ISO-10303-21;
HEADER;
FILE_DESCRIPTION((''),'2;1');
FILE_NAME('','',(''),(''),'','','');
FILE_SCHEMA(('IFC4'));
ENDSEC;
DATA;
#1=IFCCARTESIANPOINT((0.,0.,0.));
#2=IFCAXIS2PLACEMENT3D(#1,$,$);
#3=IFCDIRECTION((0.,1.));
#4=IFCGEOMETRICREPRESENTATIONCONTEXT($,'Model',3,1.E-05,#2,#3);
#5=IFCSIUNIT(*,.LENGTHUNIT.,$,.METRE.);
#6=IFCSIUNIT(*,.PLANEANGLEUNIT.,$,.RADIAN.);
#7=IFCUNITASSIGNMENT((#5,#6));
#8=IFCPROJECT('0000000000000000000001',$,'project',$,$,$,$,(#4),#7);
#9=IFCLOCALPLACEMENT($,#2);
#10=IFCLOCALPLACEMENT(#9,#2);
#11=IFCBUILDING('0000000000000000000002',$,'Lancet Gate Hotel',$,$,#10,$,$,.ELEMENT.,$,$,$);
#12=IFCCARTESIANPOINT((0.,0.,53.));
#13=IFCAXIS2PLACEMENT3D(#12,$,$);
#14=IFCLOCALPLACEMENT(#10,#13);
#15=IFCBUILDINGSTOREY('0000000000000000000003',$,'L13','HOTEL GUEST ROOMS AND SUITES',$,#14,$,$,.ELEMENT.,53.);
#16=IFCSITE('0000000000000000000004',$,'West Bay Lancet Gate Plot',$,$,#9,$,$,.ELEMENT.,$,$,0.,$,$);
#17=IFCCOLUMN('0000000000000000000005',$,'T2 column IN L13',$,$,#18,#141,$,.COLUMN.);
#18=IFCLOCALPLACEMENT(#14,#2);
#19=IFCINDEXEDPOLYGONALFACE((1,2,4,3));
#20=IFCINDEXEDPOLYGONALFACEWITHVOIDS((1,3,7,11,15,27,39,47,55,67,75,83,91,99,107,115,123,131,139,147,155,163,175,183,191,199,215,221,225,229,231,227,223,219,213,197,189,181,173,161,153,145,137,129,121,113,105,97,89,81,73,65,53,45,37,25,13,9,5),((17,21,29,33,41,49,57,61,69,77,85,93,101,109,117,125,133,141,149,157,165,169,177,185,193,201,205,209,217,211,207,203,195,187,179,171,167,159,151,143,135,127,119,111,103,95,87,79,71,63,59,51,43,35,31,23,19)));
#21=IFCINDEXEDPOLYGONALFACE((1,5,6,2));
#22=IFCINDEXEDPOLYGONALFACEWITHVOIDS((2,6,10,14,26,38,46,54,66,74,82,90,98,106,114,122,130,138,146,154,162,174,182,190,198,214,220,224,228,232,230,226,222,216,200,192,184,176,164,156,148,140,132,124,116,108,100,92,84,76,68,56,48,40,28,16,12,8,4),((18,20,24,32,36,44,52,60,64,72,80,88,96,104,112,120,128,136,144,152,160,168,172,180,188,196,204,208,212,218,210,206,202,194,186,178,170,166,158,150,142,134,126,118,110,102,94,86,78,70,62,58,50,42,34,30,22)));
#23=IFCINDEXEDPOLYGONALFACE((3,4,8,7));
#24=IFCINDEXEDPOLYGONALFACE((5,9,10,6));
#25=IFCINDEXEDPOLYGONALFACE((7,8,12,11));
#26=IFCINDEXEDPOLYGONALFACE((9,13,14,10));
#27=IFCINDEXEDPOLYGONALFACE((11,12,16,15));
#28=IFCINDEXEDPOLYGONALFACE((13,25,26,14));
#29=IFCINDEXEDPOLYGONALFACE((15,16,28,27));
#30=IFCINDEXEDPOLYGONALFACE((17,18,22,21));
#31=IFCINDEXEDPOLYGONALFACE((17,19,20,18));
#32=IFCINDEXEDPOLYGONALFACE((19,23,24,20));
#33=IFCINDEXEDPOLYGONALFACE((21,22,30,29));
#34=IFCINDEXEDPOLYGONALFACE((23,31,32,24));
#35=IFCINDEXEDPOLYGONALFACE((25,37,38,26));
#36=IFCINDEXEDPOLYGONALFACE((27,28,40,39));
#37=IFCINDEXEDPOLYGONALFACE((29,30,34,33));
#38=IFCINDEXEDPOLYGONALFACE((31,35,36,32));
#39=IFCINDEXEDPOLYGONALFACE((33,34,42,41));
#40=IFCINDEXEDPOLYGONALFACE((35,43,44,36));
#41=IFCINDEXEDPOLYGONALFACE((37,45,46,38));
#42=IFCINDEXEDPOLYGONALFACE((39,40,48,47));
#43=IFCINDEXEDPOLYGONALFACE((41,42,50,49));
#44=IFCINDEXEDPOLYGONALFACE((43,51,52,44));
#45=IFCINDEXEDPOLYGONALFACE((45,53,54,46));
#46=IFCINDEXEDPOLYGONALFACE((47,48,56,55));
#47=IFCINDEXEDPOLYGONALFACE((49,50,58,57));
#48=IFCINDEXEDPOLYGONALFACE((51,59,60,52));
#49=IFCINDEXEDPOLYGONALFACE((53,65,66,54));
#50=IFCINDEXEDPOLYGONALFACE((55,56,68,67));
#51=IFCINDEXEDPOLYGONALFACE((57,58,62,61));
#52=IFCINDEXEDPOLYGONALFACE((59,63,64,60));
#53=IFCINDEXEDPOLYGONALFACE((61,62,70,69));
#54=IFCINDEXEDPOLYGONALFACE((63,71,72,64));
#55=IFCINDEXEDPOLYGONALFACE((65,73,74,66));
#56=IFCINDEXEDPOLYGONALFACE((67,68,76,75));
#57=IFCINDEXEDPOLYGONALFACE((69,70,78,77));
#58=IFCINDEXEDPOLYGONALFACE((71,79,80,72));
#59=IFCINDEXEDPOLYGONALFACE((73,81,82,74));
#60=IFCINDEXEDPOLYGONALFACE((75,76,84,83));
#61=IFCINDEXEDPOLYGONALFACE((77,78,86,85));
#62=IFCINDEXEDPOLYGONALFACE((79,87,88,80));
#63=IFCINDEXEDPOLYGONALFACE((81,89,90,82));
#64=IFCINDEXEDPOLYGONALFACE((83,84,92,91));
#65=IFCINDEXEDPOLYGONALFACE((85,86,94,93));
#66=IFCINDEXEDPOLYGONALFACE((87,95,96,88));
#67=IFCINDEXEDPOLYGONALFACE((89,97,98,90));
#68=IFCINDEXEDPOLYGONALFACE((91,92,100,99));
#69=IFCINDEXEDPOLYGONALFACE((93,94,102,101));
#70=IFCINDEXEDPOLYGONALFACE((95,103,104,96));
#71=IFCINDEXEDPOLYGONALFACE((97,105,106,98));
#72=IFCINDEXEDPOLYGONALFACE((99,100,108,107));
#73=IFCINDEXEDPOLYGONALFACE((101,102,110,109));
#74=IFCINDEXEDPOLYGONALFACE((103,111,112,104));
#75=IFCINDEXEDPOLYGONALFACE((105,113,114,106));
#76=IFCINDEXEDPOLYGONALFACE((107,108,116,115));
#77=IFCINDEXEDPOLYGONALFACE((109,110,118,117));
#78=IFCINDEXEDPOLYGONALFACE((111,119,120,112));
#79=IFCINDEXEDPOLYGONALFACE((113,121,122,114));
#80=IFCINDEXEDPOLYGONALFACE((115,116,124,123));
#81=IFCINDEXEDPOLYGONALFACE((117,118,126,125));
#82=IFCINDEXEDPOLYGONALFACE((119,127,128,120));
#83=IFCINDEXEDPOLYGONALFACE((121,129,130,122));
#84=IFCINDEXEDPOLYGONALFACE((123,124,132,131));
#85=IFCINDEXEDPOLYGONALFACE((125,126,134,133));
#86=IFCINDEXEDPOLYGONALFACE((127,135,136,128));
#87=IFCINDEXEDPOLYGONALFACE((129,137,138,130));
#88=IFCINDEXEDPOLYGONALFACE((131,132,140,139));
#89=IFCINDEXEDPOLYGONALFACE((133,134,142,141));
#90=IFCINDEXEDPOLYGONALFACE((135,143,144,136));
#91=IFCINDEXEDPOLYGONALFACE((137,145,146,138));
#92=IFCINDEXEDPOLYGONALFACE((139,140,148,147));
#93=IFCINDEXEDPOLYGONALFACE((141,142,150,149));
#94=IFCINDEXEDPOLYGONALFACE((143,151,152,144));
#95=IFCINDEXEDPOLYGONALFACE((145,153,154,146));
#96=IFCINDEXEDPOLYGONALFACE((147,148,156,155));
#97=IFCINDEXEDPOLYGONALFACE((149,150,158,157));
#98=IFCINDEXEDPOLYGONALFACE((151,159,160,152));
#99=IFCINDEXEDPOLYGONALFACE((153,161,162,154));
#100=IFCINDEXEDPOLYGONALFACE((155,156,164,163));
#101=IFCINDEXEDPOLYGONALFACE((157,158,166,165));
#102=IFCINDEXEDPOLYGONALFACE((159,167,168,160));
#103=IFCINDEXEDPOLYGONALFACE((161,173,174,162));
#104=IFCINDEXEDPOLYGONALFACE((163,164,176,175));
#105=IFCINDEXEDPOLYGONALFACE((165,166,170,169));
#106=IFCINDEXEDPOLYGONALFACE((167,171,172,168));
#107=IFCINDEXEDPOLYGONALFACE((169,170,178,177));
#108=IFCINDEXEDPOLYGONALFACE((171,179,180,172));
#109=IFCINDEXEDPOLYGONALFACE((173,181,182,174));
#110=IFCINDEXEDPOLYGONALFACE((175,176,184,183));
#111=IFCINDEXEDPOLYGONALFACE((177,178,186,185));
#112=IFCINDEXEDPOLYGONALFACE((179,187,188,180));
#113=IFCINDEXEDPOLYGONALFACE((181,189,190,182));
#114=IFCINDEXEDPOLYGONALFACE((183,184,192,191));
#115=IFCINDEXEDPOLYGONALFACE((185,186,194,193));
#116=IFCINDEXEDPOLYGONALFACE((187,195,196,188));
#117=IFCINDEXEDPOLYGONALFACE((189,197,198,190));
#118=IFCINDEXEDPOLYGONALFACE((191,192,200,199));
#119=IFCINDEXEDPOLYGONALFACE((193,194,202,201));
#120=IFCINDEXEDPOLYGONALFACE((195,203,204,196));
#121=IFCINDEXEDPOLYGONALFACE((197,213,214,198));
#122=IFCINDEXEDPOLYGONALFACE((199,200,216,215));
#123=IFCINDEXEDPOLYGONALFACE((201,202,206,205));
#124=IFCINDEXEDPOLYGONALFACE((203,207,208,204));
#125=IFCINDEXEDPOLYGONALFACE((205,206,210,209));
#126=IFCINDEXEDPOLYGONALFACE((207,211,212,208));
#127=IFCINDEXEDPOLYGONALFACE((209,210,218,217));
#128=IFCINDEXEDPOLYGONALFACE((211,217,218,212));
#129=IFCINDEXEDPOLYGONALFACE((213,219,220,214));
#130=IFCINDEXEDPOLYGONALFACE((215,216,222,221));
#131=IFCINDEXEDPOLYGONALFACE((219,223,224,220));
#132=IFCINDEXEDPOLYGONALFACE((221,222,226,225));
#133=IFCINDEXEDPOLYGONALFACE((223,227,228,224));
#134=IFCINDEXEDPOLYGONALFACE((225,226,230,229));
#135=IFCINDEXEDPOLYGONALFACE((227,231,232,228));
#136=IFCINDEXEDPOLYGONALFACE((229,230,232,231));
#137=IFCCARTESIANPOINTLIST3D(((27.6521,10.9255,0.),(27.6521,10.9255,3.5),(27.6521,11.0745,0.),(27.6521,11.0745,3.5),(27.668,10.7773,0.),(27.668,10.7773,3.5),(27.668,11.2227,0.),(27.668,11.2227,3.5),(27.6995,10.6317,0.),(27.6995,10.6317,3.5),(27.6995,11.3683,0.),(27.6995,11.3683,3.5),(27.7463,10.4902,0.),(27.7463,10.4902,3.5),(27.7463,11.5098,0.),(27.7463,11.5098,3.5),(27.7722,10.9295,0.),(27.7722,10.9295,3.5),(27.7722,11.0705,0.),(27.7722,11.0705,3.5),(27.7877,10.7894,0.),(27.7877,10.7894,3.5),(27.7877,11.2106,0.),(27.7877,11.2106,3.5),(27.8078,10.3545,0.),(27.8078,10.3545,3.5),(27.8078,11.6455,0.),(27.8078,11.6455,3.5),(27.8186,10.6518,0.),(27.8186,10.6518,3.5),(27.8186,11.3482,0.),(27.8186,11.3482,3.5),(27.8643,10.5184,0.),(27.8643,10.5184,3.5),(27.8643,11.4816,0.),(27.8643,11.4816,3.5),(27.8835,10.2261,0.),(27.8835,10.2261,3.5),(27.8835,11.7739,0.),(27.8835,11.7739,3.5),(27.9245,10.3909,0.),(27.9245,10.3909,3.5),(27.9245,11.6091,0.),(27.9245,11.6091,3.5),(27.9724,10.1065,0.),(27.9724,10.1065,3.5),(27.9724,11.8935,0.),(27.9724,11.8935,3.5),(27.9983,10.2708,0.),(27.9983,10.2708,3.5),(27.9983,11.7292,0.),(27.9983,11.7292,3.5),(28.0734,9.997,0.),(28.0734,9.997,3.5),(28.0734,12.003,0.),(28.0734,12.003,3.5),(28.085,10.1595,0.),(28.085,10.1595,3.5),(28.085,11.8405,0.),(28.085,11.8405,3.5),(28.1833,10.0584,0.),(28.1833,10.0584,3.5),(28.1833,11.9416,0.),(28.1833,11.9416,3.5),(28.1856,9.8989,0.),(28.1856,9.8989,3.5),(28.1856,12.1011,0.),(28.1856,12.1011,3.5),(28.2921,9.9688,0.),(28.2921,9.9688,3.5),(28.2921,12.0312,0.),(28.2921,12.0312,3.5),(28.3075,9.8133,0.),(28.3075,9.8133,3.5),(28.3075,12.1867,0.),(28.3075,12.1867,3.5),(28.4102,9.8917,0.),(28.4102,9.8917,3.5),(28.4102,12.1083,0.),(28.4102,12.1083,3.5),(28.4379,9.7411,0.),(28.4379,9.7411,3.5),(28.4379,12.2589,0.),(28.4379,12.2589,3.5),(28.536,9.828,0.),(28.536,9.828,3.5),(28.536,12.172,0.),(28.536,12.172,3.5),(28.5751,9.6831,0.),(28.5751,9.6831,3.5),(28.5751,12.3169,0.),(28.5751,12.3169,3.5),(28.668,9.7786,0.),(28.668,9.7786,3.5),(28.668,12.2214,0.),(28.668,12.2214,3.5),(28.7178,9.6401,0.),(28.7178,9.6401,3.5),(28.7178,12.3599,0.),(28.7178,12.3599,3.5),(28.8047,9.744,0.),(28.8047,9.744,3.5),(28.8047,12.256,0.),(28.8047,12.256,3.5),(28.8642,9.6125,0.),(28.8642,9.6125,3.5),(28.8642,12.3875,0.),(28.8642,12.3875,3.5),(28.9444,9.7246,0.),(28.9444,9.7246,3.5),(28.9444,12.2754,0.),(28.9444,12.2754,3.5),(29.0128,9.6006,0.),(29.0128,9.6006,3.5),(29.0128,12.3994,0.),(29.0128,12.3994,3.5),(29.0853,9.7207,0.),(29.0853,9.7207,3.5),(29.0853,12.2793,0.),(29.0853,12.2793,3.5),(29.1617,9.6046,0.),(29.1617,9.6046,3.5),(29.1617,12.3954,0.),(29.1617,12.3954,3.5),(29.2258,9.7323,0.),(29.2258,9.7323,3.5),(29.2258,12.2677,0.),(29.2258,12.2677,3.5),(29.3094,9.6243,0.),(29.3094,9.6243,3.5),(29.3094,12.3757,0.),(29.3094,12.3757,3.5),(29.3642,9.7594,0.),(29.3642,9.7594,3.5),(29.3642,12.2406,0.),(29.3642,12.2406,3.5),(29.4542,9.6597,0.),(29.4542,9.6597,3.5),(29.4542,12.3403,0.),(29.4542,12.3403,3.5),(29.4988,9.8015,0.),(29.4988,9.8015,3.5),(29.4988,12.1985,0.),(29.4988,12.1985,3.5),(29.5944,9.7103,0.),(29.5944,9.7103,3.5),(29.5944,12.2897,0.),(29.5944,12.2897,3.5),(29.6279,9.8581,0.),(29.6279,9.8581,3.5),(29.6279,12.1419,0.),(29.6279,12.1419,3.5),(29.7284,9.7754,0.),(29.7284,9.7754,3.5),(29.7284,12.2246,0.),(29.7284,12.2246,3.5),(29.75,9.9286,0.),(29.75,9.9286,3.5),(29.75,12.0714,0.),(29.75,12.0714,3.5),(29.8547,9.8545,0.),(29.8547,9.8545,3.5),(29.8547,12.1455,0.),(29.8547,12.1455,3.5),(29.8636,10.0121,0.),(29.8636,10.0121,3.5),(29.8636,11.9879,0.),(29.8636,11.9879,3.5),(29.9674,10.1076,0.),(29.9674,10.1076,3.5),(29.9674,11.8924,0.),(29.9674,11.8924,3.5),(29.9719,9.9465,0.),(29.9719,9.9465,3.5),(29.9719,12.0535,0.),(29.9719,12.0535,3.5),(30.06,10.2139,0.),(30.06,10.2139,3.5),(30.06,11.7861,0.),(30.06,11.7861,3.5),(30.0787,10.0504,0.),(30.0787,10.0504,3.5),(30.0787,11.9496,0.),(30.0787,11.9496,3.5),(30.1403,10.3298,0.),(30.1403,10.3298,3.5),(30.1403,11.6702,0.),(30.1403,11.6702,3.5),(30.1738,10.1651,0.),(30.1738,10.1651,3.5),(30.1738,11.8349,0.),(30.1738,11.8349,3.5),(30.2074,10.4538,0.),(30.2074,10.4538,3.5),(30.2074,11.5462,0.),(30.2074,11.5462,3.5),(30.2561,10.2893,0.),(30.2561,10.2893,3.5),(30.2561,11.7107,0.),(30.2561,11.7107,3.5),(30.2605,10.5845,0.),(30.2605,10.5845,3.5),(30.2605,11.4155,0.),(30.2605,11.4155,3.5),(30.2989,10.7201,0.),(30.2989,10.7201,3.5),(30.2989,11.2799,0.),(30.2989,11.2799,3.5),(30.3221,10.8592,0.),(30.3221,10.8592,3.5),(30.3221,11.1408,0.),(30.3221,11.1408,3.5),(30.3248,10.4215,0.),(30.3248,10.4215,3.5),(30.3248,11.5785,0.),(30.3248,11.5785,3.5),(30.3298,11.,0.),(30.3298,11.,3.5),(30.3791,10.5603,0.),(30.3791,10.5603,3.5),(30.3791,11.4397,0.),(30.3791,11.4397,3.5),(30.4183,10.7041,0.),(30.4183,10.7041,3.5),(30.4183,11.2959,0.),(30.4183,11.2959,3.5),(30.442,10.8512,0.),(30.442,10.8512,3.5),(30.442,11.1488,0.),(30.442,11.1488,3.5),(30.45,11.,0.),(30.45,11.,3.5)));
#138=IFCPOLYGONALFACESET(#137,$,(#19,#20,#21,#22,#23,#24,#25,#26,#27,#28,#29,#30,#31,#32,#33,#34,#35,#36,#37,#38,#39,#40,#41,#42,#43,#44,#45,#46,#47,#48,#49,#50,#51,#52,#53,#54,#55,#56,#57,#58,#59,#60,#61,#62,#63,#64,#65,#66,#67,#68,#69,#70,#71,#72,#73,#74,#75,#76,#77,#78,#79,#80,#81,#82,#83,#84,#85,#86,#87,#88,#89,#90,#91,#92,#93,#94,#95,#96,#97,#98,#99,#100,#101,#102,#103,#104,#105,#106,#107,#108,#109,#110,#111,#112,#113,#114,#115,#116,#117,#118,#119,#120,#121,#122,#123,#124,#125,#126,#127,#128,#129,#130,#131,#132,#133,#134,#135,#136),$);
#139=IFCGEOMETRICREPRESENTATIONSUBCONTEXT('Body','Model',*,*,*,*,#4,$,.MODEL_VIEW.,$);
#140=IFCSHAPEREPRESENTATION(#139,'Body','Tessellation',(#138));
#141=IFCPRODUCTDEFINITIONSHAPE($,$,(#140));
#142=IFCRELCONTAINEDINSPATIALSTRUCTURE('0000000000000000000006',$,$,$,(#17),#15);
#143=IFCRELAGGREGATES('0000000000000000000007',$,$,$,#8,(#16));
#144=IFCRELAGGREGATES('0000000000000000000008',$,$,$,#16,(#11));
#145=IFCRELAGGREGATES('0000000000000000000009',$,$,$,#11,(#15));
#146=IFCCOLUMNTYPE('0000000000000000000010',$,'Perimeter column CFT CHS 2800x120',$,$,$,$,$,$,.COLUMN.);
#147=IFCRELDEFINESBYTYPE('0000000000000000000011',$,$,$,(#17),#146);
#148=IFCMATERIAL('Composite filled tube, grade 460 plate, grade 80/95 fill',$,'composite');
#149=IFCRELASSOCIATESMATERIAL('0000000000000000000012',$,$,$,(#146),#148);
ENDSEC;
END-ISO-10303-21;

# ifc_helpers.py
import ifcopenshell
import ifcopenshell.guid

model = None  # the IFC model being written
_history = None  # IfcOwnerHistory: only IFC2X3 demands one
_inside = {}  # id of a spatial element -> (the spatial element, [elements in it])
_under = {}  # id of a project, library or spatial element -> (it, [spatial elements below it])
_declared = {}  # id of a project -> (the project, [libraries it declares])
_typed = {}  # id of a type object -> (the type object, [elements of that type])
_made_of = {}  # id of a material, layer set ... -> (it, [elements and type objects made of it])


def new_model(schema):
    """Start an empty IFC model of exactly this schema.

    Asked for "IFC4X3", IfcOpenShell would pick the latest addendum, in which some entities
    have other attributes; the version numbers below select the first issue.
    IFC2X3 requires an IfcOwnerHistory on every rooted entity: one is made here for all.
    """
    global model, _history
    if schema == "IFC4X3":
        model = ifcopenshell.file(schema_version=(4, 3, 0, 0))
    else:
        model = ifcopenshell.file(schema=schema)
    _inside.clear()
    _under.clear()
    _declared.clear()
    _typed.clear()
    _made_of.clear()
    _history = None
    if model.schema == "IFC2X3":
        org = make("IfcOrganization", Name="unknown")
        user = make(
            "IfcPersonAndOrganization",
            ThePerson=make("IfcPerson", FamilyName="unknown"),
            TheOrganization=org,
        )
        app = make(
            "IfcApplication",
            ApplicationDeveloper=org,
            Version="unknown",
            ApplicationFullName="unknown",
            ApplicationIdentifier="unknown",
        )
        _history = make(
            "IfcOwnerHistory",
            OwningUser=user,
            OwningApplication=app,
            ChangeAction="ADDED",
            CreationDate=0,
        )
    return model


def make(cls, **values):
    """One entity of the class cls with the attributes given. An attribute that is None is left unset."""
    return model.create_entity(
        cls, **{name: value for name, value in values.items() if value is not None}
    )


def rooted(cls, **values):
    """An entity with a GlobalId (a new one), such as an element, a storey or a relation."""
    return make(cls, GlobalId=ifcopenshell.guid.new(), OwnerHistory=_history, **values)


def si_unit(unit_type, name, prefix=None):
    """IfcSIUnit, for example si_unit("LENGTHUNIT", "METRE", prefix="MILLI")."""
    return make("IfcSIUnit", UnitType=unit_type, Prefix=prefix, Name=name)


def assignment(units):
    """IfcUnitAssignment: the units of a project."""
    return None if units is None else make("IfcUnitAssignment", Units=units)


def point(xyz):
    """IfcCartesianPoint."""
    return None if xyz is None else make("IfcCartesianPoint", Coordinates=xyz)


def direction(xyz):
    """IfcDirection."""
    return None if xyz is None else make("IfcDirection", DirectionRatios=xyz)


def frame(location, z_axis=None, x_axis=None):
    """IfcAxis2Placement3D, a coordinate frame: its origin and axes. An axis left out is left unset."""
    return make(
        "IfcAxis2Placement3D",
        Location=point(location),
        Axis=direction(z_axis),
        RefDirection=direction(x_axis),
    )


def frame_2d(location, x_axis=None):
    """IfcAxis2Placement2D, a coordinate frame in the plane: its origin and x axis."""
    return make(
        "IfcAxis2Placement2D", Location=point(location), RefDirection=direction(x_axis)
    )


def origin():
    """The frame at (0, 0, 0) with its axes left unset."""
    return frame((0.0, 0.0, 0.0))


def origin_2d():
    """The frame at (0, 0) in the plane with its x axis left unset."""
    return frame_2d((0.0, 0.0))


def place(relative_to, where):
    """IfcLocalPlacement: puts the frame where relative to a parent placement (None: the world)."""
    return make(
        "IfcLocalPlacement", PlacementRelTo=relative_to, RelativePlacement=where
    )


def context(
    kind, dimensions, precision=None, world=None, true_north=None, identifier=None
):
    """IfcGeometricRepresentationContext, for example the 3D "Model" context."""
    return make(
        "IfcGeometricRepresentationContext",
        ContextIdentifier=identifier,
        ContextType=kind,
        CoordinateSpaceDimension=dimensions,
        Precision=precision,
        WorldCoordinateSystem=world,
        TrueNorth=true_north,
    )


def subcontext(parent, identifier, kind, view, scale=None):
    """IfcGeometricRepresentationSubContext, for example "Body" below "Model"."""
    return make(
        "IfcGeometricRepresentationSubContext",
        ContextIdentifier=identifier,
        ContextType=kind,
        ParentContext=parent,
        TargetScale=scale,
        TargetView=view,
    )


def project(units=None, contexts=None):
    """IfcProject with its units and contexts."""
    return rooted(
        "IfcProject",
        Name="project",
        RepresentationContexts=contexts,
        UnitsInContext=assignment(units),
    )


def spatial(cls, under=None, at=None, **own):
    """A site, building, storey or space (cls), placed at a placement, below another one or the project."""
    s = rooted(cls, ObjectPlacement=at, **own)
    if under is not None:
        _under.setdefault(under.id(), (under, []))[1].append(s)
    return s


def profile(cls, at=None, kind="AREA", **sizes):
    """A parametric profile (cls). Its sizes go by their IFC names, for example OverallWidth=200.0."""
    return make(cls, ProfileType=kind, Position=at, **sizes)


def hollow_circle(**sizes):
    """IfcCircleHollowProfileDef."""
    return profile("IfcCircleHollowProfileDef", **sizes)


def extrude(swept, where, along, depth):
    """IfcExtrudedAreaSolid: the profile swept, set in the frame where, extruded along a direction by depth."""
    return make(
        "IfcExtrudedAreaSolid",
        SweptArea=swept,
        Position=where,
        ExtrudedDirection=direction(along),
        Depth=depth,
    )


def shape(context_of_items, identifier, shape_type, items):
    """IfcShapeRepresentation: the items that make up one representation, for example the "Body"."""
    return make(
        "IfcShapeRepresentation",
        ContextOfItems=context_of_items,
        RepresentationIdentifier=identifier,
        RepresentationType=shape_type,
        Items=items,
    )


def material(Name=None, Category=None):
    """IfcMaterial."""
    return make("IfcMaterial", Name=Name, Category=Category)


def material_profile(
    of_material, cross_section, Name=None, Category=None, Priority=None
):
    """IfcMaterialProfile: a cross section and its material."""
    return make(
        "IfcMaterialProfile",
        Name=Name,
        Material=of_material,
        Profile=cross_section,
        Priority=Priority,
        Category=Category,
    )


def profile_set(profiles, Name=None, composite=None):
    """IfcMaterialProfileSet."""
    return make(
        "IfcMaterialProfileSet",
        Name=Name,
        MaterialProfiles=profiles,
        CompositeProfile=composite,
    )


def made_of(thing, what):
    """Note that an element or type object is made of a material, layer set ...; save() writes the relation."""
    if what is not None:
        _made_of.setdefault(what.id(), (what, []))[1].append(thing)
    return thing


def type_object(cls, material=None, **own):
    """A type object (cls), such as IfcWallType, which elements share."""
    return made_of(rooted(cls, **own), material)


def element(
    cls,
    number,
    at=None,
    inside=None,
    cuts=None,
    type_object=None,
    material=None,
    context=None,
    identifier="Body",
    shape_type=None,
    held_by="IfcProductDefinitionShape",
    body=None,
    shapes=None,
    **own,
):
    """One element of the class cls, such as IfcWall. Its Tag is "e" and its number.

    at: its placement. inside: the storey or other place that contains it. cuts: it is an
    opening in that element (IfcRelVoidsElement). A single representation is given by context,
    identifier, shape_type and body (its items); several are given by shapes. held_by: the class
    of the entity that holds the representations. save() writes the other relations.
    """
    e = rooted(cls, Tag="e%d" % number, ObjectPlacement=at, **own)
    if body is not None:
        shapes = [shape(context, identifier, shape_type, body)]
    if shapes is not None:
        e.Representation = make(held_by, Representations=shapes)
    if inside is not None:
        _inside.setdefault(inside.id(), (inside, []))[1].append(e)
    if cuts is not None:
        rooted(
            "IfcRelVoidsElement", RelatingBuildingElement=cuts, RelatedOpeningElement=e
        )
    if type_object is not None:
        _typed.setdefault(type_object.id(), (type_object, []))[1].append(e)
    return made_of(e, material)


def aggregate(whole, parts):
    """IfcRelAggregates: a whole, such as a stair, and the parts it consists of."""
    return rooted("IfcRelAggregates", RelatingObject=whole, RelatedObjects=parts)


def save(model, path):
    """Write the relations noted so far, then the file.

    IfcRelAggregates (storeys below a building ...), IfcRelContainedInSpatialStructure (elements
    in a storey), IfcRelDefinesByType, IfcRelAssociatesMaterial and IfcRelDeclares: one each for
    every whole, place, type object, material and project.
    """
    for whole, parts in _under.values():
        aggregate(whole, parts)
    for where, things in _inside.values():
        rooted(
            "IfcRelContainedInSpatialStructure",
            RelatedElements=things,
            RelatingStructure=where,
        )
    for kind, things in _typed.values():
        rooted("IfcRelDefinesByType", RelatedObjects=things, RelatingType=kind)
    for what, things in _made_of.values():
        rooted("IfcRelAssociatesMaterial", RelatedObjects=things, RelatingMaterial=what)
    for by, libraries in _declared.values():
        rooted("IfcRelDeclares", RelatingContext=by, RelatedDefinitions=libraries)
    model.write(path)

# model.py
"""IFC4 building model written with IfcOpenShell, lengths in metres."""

from ifc_helpers import new_model, si_unit, direction, frame, origin, origin_2d, place, context, subcontext, project, spatial, hollow_circle, extrude, material, material_profile, profile_set, type_object, element, save


model = new_model("IFC4")

# Units and contexts
model_context = context("Model", 3, precision=1e-05, world=origin(), true_north=direction((0.0, 1.0)))
body_context = subcontext(model_context, "Body", "Model", "MODEL_VIEW")
ifc_project = project(units=[si_unit("LENGTHUNIT", "METRE"), si_unit("PLANEANGLEUNIT", "RADIAN")], contexts=[model_context])

# Site, building, storey
site_placement = place(None, origin())
site = spatial("IfcSite", under=ifc_project, at=site_placement, Name="West Bay Lancet Gate Plot", CompositionType="ELEMENT", RefElevation=0.0)
building_placement = place(site_placement, origin())
building = spatial("IfcBuilding", under=site, at=building_placement, Name="Lancet Gate Hotel", CompositionType="ELEMENT")
storey_placement = place(building_placement, frame((0.0, 0.0, 53.0)))
storey = spatial("IfcBuildingStorey", under=building, at=storey_placement, Name="L13", Description="HOTEL GUEST ROOMS AND SUITES", CompositionType="ELEMENT", Elevation=53.0)

# Column
ifc_material_1 = material(Name="Composite filled tube, grade 460 plate, grade 80/95 fill", Category="composite")
ifc_material_profile_1 = material_profile(ifc_material_1, hollow_circle(Radius=1.3999, WallThickness=0.1201, at=origin_2d()), Name="CHS 2800x120")
ifc_profile_set_1 = profile_set([ifc_material_profile_1], Name="Composite filled tube, grade 460 plate, grade 80/95 fill")
column_type = type_object("IfcColumnType", Name="Perimeter column CFT CHS 2800x120", PredefinedType="COLUMN", material=ifc_profile_set_1)
for number, where, z_axis, x_axis, name in (
    (1, (29.05, 11.0, 0.0), (0.0, 0.0, 1.0), (1.0, 0.0, 0.0), "T2 column IN L13"),
):
    element("IfcColumn", number, at=place(storey_placement, frame(where, z_axis=z_axis, x_axis=x_axis)), inside=storey, type_object=column_type, Name=name, PredefinedType="COLUMN", context=body_context, shape_type="SweptSolid", body=[
        extrude(hollow_circle(Radius=1.3999, WallThickness=0.1201, at=origin_2d()), origin(), (0.0, 0.0, 1.0), 3.5),
    ])

save(model, "model.ifc")
